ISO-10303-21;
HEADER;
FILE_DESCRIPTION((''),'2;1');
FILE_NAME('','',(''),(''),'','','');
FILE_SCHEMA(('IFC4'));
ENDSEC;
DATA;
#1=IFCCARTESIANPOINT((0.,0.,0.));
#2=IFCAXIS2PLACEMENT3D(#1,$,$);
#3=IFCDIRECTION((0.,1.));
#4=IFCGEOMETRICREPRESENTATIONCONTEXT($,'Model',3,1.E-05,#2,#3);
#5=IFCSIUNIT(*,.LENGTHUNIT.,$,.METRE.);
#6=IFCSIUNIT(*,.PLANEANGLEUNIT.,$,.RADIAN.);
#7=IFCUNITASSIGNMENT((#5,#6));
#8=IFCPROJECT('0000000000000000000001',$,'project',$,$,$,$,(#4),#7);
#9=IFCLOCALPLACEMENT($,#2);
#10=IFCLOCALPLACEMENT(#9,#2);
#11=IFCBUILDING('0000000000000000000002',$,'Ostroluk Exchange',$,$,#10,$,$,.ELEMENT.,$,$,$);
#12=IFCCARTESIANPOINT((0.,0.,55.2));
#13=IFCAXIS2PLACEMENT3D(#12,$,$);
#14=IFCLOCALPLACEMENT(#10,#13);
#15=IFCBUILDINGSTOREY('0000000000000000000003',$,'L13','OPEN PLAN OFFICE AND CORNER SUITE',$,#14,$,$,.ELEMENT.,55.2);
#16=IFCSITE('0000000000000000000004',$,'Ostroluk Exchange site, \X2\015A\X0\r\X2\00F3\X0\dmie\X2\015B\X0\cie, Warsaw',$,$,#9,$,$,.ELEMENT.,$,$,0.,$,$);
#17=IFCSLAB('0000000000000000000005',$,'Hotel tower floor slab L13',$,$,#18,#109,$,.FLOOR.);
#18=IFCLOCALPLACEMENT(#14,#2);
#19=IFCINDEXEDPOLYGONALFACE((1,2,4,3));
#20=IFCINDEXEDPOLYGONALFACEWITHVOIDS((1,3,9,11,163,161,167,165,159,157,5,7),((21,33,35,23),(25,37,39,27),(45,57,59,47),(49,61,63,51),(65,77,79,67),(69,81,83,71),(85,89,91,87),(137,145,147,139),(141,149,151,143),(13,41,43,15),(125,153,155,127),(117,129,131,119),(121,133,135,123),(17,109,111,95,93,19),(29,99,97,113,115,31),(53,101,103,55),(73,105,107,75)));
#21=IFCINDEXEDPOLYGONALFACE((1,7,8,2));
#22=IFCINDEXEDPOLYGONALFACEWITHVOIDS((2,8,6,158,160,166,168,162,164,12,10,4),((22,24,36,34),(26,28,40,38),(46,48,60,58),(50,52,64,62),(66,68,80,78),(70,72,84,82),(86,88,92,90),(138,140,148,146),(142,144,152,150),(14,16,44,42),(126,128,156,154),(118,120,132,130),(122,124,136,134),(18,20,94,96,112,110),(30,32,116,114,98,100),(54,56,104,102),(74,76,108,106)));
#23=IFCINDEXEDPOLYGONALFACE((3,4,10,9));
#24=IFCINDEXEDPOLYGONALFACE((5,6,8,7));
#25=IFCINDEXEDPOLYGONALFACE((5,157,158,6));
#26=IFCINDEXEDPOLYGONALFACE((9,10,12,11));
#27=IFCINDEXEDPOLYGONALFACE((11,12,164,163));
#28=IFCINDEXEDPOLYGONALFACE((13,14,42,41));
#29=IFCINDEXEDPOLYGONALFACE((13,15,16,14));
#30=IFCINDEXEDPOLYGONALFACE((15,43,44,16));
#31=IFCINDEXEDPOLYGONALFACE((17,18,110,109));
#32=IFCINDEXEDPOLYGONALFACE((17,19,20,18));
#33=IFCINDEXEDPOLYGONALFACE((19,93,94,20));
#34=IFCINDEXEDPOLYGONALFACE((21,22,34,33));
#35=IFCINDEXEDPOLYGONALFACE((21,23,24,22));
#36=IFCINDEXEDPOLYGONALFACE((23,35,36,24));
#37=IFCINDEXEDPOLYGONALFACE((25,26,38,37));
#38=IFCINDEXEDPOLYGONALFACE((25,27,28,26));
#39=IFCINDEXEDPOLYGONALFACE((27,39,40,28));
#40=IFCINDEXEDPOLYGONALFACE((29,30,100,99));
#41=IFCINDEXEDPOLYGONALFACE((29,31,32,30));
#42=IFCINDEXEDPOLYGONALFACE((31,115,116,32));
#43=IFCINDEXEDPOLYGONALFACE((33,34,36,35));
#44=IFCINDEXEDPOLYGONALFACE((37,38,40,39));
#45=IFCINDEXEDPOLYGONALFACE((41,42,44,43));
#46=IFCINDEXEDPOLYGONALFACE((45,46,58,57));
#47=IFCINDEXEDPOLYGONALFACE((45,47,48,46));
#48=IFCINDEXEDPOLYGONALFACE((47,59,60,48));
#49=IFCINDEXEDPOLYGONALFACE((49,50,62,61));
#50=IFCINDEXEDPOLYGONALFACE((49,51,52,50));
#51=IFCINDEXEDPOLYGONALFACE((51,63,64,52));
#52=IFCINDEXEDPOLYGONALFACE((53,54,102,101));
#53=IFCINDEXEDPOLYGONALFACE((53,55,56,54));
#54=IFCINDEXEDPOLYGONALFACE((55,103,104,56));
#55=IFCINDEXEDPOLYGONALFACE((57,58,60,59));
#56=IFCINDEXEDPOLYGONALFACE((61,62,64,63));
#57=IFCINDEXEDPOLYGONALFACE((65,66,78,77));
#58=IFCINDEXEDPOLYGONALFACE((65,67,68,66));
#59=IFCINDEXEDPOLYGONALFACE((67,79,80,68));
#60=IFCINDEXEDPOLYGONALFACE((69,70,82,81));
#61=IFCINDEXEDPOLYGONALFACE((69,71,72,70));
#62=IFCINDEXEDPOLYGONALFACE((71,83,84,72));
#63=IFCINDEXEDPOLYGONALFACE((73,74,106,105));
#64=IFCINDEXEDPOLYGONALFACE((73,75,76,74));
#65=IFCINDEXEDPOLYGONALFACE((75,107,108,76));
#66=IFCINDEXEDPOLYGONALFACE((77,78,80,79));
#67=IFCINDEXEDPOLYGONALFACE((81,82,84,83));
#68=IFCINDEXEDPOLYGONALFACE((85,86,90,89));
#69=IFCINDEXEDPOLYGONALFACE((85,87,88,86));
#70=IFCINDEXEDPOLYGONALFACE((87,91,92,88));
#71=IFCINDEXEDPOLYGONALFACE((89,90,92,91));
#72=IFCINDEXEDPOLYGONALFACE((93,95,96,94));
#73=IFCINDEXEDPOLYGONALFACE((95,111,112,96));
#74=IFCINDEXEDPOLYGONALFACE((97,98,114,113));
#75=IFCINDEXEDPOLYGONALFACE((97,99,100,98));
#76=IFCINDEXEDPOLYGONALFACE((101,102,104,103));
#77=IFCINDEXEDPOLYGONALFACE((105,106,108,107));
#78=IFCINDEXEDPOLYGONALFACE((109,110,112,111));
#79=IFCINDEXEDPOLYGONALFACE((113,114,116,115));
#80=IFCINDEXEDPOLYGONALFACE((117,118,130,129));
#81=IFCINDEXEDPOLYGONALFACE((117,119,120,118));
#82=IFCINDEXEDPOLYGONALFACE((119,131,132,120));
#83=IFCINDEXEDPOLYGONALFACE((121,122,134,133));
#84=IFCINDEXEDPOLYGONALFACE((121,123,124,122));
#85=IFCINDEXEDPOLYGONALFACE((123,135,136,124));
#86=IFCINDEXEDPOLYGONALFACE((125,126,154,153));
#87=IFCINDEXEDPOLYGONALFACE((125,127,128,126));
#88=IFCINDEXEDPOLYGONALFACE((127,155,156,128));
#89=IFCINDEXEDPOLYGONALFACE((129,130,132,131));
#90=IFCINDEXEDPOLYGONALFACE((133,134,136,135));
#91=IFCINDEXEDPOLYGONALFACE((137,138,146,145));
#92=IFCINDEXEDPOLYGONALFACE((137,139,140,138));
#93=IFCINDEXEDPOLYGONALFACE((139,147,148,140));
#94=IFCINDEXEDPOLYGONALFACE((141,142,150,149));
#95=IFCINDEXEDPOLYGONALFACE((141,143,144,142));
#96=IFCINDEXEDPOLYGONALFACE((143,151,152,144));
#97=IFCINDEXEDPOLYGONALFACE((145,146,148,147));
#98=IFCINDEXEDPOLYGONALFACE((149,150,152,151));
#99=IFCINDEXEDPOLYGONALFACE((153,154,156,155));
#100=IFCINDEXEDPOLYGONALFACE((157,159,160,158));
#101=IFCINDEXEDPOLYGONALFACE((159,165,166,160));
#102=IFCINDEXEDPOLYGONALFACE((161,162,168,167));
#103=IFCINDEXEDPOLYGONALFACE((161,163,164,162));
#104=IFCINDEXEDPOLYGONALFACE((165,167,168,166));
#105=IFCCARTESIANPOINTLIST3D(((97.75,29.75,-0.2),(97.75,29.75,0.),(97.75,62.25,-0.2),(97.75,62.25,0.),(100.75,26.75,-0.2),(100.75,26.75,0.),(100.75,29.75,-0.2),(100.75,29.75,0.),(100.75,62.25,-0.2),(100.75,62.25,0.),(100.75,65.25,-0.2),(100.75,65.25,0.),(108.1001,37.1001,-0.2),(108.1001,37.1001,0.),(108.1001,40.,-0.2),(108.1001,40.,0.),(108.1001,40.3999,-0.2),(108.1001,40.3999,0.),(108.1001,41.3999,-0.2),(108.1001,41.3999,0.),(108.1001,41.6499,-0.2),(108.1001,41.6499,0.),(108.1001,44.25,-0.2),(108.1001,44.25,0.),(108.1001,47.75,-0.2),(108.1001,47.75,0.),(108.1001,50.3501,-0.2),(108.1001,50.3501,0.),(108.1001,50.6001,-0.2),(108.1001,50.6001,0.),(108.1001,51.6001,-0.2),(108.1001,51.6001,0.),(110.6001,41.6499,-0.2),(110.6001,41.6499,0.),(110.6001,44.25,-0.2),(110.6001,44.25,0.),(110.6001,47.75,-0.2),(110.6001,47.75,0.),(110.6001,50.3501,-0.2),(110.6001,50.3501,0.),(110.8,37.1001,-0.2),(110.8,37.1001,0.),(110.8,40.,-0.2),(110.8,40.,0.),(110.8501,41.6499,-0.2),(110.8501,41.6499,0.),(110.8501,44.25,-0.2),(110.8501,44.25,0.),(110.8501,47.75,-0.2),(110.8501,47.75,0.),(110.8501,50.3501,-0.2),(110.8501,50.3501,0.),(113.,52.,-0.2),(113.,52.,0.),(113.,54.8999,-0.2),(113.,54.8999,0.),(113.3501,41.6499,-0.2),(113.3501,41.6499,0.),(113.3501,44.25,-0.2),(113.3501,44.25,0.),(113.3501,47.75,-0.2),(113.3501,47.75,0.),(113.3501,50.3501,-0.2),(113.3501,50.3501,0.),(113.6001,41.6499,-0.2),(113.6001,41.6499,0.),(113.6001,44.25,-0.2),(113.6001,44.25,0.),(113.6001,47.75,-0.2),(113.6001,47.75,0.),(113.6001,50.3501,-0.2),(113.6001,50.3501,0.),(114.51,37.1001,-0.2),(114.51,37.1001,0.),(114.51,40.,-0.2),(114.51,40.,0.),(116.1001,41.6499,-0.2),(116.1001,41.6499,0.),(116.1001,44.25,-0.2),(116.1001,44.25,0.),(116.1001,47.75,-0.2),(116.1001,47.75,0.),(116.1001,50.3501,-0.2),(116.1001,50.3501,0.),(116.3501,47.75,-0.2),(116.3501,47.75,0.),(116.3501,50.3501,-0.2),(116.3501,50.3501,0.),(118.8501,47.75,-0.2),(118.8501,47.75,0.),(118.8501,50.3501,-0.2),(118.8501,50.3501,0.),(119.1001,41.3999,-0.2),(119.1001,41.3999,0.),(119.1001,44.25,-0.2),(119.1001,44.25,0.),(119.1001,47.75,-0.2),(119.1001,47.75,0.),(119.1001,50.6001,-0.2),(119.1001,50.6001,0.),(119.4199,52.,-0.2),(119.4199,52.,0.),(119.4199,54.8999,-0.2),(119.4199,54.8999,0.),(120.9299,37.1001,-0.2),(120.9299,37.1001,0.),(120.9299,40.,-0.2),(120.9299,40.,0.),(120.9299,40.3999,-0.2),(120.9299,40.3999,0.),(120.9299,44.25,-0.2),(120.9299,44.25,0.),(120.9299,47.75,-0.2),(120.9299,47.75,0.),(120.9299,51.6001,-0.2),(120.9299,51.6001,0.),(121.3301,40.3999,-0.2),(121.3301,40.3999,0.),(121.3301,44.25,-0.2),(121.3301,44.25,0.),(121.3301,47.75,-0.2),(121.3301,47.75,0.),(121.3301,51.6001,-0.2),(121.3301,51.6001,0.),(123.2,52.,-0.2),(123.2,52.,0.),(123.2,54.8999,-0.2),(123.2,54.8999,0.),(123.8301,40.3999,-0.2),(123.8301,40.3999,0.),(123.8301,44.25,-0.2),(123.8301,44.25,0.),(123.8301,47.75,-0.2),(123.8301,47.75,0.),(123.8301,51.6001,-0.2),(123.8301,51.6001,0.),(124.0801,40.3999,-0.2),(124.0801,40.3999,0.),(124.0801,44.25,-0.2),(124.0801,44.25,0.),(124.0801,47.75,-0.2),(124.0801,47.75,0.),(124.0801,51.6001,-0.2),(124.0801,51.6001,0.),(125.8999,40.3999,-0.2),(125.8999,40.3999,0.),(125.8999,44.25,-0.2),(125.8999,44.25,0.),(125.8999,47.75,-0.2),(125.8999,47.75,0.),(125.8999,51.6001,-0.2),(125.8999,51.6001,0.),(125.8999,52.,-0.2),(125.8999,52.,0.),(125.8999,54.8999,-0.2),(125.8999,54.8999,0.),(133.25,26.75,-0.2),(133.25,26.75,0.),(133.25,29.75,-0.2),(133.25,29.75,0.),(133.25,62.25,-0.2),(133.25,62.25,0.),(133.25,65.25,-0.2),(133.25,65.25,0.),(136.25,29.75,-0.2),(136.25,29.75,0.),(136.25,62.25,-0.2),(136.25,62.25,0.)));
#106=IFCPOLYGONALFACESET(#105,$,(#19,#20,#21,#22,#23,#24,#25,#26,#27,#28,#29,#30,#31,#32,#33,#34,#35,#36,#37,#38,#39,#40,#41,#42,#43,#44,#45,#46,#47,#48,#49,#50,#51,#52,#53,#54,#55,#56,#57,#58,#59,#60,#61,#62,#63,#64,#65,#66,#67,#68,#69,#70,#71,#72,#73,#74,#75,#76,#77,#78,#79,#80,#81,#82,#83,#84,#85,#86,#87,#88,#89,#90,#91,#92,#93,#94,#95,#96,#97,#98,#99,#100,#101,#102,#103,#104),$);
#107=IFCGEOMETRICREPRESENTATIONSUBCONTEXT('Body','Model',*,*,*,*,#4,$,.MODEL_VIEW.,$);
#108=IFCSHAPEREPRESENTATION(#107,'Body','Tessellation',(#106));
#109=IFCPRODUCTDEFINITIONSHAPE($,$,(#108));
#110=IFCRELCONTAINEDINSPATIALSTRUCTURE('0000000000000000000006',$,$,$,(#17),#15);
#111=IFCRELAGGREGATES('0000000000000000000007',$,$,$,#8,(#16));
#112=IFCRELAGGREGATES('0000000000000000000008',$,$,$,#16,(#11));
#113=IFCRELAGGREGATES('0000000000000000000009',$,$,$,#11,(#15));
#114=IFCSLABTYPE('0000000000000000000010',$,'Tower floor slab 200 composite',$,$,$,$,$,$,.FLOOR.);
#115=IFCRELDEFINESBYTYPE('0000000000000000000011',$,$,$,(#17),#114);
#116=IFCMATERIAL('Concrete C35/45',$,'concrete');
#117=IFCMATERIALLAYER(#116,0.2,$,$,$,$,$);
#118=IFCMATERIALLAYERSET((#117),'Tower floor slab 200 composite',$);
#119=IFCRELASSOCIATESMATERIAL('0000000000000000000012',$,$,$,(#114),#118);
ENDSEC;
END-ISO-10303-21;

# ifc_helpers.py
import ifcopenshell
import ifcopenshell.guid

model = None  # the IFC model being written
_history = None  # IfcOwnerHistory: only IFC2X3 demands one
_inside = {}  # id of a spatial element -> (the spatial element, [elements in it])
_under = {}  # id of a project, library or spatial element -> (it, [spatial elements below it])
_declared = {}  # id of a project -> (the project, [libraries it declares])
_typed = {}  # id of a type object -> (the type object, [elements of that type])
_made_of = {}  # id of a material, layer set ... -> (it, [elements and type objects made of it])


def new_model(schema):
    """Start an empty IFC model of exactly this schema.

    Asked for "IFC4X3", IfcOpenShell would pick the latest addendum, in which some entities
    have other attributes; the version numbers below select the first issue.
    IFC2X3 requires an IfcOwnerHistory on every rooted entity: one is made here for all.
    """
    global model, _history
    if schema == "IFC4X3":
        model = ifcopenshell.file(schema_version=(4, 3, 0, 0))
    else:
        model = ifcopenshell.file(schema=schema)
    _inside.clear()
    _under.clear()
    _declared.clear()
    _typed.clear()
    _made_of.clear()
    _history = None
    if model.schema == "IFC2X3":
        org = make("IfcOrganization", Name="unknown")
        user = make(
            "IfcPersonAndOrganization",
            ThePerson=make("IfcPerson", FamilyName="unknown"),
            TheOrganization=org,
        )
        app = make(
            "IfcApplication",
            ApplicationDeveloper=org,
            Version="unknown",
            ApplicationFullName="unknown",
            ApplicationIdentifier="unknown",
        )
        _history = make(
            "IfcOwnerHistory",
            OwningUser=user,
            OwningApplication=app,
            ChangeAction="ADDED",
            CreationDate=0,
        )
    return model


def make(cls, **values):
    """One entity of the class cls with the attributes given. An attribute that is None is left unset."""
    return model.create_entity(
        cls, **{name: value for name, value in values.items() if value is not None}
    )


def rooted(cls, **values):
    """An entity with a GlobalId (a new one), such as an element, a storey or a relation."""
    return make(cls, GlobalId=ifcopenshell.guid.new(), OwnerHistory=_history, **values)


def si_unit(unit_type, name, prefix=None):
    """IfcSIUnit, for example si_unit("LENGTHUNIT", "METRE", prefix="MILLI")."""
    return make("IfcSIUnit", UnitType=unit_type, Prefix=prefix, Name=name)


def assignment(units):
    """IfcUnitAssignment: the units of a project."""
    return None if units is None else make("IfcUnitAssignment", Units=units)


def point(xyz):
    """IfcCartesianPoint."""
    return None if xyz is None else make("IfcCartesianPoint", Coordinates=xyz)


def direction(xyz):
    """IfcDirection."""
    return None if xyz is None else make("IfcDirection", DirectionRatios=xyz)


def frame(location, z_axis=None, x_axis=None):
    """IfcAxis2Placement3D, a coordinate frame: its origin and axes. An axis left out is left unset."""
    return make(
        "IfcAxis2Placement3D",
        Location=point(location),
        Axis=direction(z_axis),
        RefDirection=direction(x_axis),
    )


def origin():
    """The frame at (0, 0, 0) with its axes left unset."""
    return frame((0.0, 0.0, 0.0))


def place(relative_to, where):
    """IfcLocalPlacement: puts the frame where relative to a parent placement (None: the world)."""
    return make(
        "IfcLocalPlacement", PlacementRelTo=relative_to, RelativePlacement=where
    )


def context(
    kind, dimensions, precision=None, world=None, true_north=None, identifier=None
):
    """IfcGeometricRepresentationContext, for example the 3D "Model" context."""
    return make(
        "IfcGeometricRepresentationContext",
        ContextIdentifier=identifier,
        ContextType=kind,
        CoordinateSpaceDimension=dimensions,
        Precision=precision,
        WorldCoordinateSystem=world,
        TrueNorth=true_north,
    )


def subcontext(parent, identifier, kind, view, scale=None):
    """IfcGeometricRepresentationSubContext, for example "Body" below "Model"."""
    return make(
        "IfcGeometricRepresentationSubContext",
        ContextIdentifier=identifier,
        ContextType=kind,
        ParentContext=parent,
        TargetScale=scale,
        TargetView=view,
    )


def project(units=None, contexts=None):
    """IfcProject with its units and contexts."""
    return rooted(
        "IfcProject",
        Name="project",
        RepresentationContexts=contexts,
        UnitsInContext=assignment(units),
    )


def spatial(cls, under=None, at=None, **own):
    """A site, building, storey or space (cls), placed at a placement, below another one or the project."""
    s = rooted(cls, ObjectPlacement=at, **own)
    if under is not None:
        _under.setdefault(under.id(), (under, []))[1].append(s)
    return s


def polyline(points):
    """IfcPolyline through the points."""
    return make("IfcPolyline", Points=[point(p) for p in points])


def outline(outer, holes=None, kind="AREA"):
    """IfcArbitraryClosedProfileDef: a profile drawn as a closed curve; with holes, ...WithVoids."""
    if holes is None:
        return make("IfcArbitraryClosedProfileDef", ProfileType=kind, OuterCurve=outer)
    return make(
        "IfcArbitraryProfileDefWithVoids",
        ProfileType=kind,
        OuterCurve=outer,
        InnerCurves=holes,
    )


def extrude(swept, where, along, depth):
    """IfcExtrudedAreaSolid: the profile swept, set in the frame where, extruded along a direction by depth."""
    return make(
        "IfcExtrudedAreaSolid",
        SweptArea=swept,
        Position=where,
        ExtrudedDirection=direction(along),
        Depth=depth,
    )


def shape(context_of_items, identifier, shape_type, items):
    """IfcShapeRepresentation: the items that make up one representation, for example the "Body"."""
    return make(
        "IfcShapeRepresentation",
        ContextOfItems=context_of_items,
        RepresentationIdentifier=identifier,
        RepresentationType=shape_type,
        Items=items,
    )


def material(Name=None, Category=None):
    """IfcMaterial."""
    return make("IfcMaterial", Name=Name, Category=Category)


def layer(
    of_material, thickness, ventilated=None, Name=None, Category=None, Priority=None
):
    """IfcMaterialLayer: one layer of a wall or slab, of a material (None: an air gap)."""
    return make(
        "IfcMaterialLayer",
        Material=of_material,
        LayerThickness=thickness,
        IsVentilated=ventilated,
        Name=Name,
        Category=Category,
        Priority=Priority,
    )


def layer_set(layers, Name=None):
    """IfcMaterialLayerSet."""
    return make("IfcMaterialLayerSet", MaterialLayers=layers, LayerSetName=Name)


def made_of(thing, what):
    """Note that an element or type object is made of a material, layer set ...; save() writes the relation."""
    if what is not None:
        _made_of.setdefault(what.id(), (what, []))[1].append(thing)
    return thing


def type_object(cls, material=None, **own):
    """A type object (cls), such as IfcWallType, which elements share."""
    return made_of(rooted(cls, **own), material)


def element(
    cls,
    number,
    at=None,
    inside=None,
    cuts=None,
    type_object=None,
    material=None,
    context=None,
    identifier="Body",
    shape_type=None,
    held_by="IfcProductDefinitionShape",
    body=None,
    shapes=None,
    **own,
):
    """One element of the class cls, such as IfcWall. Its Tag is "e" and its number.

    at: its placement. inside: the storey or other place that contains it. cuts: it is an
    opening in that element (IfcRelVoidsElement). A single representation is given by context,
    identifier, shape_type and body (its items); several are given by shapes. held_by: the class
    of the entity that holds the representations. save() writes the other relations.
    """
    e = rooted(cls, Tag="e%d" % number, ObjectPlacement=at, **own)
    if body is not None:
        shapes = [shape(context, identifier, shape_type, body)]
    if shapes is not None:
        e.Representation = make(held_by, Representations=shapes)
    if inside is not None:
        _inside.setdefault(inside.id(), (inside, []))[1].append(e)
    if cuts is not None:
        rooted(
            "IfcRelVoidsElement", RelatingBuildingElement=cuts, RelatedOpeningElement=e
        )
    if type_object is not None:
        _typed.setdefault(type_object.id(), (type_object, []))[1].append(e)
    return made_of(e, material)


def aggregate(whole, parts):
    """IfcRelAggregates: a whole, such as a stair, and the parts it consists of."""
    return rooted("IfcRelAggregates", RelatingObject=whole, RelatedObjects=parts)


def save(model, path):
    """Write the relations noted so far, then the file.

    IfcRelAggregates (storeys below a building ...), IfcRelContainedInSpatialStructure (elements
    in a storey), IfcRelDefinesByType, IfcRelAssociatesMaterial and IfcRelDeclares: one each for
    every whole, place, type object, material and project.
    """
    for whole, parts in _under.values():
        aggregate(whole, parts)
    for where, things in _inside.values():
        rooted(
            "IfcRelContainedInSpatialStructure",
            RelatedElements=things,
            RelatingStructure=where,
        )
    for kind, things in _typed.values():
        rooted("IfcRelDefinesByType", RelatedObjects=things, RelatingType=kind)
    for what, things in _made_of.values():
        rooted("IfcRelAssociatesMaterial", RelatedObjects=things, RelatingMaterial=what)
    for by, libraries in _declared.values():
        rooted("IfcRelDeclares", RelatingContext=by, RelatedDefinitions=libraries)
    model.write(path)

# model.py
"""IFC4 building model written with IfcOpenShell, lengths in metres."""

from ifc_helpers import new_model, si_unit, direction, frame, origin, place, context, subcontext, project, spatial, polyline, outline, extrude, material, layer, layer_set, type_object, element, save


model = new_model("IFC4")

# Units and contexts
model_context = context("Model", 3, precision=1e-05, world=origin(), true_north=direction((0.0, 1.0)))
body_context = subcontext(model_context, "Body", "Model", "MODEL_VIEW")
ifc_project = project(units=[si_unit("LENGTHUNIT", "METRE"), si_unit("PLANEANGLEUNIT", "RADIAN")], contexts=[model_context])

# Site, building, storey
site_placement = place(None, origin())
site = spatial("IfcSite", under=ifc_project, at=site_placement, Name="Ostroluk Exchange site, Śródmieście, Warsaw", CompositionType="ELEMENT", RefElevation=0.0)
building_placement = place(site_placement, origin())
building = spatial("IfcBuilding", under=site, at=building_placement, Name="Ostroluk Exchange", CompositionType="ELEMENT")
storey_placement = place(building_placement, frame((0.0, 0.0, 55.2)))
storey = spatial("IfcBuildingStorey", under=building, at=storey_placement, Name="L13", Description="OPEN PLAN OFFICE AND CORNER SUITE", CompositionType="ELEMENT", Elevation=55.2)

# Slab
ifc_material_1 = material(Name="Concrete C35/45", Category="concrete")
ifc_layer_1 = layer(ifc_material_1, 0.2)
ifc_layer_set_1 = layer_set([ifc_layer_1], Name="Tower floor slab 200 composite")
slab_type_1 = type_object("IfcSlabType", Name="Tower floor slab 200 composite", PredefinedType="FLOOR", material=ifc_layer_set_1)
slab_1_placement = place(storey_placement, frame((0.0, 0.0, -0.2)))
element("IfcSlab", 1, at=slab_1_placement, inside=storey, type_object=slab_type_1, Name="Hotel tower floor slab L13", PredefinedType="FLOOR", context=body_context, shape_type="SweptSolid", body=[
    extrude(outline(polyline([(100.75, 26.75), (133.25, 26.75), (133.25, 29.75), (136.25, 29.75), (136.25, 62.25), (133.25, 62.25), (133.25, 65.25), (100.75, 65.25), (100.75, 62.25), (97.75, 62.25), (97.75, 29.75), (100.75, 29.75), (100.75, 26.75)]), holes=[polyline([(108.1001, 37.1001), (110.8, 37.1001), (110.8, 40.0), (108.1001, 40.0), (108.1001, 37.1001)]), polyline([(114.51, 37.1001), (120.9299, 37.1001), (120.9299, 40.0), (114.51, 40.0), (114.51, 37.1001)]), polyline([(113.0, 52.0), (119.4199, 52.0), (119.4199, 54.8999), (113.0, 54.8999), (113.0, 52.0)]), polyline([(123.2, 52.0), (125.8999, 52.0), (125.8999, 54.8999), (123.2, 54.8999), (123.2, 52.0)]), polyline([(108.1001, 47.75), (110.6001, 47.75), (110.6001, 50.3501), (108.1001, 50.3501), (108.1001, 47.75)]), polyline([(110.8501, 47.75), (113.3501, 47.75), (113.3501, 50.3501), (110.8501, 50.3501), (110.8501, 47.75)]), polyline([(113.6001, 47.75), (116.1001, 47.75), (116.1001, 50.3501), (113.6001, 50.3501), (113.6001, 47.75)]), polyline([(116.3501, 47.75), (118.8501, 47.75), (118.8501, 50.3501), (116.3501, 50.3501), (116.3501, 47.75)]), polyline([(108.1001, 41.6499), (110.6001, 41.6499), (110.6001, 44.25), (108.1001, 44.25), (108.1001, 41.6499)]), polyline([(110.8501, 41.6499), (113.3501, 41.6499), (113.3501, 44.25), (110.8501, 44.25), (110.8501, 41.6499)]), polyline([(113.6001, 41.6499), (116.1001, 41.6499), (116.1001, 44.25), (113.6001, 44.25), (113.6001, 41.6499)]), polyline([(121.3301, 47.75), (123.8301, 47.75), (123.8301, 51.6001), (121.3301, 51.6001), (121.3301, 47.75)]), polyline([(121.3301, 40.3999), (123.8301, 40.3999), (123.8301, 44.25), (121.3301, 44.25), (121.3301, 40.3999)]), polyline([(120.9299, 51.6001), (120.9299, 47.75), (119.1001, 47.75), (119.1001, 50.6001), (108.1001, 50.6001), (108.1001, 51.6001), (120.9299, 51.6001)]), polyline([(108.1001, 40.3999), (108.1001, 41.3999), (119.1001, 41.3999), (119.1001, 44.25), (120.9299, 44.25), (120.9299, 40.3999), (108.1001, 40.3999)]), polyline([(124.0801, 47.75), (125.8999, 47.75), (125.8999, 51.6001), (124.0801, 51.6001), (124.0801, 47.75)]), polyline([(124.0801, 40.3999), (125.8999, 40.3999), (125.8999, 44.25), (124.0801, 44.25), (124.0801, 40.3999)])]), origin(), (0.0, 0.0, 1.0), 0.2),
])

save(model, "model.ifc")
